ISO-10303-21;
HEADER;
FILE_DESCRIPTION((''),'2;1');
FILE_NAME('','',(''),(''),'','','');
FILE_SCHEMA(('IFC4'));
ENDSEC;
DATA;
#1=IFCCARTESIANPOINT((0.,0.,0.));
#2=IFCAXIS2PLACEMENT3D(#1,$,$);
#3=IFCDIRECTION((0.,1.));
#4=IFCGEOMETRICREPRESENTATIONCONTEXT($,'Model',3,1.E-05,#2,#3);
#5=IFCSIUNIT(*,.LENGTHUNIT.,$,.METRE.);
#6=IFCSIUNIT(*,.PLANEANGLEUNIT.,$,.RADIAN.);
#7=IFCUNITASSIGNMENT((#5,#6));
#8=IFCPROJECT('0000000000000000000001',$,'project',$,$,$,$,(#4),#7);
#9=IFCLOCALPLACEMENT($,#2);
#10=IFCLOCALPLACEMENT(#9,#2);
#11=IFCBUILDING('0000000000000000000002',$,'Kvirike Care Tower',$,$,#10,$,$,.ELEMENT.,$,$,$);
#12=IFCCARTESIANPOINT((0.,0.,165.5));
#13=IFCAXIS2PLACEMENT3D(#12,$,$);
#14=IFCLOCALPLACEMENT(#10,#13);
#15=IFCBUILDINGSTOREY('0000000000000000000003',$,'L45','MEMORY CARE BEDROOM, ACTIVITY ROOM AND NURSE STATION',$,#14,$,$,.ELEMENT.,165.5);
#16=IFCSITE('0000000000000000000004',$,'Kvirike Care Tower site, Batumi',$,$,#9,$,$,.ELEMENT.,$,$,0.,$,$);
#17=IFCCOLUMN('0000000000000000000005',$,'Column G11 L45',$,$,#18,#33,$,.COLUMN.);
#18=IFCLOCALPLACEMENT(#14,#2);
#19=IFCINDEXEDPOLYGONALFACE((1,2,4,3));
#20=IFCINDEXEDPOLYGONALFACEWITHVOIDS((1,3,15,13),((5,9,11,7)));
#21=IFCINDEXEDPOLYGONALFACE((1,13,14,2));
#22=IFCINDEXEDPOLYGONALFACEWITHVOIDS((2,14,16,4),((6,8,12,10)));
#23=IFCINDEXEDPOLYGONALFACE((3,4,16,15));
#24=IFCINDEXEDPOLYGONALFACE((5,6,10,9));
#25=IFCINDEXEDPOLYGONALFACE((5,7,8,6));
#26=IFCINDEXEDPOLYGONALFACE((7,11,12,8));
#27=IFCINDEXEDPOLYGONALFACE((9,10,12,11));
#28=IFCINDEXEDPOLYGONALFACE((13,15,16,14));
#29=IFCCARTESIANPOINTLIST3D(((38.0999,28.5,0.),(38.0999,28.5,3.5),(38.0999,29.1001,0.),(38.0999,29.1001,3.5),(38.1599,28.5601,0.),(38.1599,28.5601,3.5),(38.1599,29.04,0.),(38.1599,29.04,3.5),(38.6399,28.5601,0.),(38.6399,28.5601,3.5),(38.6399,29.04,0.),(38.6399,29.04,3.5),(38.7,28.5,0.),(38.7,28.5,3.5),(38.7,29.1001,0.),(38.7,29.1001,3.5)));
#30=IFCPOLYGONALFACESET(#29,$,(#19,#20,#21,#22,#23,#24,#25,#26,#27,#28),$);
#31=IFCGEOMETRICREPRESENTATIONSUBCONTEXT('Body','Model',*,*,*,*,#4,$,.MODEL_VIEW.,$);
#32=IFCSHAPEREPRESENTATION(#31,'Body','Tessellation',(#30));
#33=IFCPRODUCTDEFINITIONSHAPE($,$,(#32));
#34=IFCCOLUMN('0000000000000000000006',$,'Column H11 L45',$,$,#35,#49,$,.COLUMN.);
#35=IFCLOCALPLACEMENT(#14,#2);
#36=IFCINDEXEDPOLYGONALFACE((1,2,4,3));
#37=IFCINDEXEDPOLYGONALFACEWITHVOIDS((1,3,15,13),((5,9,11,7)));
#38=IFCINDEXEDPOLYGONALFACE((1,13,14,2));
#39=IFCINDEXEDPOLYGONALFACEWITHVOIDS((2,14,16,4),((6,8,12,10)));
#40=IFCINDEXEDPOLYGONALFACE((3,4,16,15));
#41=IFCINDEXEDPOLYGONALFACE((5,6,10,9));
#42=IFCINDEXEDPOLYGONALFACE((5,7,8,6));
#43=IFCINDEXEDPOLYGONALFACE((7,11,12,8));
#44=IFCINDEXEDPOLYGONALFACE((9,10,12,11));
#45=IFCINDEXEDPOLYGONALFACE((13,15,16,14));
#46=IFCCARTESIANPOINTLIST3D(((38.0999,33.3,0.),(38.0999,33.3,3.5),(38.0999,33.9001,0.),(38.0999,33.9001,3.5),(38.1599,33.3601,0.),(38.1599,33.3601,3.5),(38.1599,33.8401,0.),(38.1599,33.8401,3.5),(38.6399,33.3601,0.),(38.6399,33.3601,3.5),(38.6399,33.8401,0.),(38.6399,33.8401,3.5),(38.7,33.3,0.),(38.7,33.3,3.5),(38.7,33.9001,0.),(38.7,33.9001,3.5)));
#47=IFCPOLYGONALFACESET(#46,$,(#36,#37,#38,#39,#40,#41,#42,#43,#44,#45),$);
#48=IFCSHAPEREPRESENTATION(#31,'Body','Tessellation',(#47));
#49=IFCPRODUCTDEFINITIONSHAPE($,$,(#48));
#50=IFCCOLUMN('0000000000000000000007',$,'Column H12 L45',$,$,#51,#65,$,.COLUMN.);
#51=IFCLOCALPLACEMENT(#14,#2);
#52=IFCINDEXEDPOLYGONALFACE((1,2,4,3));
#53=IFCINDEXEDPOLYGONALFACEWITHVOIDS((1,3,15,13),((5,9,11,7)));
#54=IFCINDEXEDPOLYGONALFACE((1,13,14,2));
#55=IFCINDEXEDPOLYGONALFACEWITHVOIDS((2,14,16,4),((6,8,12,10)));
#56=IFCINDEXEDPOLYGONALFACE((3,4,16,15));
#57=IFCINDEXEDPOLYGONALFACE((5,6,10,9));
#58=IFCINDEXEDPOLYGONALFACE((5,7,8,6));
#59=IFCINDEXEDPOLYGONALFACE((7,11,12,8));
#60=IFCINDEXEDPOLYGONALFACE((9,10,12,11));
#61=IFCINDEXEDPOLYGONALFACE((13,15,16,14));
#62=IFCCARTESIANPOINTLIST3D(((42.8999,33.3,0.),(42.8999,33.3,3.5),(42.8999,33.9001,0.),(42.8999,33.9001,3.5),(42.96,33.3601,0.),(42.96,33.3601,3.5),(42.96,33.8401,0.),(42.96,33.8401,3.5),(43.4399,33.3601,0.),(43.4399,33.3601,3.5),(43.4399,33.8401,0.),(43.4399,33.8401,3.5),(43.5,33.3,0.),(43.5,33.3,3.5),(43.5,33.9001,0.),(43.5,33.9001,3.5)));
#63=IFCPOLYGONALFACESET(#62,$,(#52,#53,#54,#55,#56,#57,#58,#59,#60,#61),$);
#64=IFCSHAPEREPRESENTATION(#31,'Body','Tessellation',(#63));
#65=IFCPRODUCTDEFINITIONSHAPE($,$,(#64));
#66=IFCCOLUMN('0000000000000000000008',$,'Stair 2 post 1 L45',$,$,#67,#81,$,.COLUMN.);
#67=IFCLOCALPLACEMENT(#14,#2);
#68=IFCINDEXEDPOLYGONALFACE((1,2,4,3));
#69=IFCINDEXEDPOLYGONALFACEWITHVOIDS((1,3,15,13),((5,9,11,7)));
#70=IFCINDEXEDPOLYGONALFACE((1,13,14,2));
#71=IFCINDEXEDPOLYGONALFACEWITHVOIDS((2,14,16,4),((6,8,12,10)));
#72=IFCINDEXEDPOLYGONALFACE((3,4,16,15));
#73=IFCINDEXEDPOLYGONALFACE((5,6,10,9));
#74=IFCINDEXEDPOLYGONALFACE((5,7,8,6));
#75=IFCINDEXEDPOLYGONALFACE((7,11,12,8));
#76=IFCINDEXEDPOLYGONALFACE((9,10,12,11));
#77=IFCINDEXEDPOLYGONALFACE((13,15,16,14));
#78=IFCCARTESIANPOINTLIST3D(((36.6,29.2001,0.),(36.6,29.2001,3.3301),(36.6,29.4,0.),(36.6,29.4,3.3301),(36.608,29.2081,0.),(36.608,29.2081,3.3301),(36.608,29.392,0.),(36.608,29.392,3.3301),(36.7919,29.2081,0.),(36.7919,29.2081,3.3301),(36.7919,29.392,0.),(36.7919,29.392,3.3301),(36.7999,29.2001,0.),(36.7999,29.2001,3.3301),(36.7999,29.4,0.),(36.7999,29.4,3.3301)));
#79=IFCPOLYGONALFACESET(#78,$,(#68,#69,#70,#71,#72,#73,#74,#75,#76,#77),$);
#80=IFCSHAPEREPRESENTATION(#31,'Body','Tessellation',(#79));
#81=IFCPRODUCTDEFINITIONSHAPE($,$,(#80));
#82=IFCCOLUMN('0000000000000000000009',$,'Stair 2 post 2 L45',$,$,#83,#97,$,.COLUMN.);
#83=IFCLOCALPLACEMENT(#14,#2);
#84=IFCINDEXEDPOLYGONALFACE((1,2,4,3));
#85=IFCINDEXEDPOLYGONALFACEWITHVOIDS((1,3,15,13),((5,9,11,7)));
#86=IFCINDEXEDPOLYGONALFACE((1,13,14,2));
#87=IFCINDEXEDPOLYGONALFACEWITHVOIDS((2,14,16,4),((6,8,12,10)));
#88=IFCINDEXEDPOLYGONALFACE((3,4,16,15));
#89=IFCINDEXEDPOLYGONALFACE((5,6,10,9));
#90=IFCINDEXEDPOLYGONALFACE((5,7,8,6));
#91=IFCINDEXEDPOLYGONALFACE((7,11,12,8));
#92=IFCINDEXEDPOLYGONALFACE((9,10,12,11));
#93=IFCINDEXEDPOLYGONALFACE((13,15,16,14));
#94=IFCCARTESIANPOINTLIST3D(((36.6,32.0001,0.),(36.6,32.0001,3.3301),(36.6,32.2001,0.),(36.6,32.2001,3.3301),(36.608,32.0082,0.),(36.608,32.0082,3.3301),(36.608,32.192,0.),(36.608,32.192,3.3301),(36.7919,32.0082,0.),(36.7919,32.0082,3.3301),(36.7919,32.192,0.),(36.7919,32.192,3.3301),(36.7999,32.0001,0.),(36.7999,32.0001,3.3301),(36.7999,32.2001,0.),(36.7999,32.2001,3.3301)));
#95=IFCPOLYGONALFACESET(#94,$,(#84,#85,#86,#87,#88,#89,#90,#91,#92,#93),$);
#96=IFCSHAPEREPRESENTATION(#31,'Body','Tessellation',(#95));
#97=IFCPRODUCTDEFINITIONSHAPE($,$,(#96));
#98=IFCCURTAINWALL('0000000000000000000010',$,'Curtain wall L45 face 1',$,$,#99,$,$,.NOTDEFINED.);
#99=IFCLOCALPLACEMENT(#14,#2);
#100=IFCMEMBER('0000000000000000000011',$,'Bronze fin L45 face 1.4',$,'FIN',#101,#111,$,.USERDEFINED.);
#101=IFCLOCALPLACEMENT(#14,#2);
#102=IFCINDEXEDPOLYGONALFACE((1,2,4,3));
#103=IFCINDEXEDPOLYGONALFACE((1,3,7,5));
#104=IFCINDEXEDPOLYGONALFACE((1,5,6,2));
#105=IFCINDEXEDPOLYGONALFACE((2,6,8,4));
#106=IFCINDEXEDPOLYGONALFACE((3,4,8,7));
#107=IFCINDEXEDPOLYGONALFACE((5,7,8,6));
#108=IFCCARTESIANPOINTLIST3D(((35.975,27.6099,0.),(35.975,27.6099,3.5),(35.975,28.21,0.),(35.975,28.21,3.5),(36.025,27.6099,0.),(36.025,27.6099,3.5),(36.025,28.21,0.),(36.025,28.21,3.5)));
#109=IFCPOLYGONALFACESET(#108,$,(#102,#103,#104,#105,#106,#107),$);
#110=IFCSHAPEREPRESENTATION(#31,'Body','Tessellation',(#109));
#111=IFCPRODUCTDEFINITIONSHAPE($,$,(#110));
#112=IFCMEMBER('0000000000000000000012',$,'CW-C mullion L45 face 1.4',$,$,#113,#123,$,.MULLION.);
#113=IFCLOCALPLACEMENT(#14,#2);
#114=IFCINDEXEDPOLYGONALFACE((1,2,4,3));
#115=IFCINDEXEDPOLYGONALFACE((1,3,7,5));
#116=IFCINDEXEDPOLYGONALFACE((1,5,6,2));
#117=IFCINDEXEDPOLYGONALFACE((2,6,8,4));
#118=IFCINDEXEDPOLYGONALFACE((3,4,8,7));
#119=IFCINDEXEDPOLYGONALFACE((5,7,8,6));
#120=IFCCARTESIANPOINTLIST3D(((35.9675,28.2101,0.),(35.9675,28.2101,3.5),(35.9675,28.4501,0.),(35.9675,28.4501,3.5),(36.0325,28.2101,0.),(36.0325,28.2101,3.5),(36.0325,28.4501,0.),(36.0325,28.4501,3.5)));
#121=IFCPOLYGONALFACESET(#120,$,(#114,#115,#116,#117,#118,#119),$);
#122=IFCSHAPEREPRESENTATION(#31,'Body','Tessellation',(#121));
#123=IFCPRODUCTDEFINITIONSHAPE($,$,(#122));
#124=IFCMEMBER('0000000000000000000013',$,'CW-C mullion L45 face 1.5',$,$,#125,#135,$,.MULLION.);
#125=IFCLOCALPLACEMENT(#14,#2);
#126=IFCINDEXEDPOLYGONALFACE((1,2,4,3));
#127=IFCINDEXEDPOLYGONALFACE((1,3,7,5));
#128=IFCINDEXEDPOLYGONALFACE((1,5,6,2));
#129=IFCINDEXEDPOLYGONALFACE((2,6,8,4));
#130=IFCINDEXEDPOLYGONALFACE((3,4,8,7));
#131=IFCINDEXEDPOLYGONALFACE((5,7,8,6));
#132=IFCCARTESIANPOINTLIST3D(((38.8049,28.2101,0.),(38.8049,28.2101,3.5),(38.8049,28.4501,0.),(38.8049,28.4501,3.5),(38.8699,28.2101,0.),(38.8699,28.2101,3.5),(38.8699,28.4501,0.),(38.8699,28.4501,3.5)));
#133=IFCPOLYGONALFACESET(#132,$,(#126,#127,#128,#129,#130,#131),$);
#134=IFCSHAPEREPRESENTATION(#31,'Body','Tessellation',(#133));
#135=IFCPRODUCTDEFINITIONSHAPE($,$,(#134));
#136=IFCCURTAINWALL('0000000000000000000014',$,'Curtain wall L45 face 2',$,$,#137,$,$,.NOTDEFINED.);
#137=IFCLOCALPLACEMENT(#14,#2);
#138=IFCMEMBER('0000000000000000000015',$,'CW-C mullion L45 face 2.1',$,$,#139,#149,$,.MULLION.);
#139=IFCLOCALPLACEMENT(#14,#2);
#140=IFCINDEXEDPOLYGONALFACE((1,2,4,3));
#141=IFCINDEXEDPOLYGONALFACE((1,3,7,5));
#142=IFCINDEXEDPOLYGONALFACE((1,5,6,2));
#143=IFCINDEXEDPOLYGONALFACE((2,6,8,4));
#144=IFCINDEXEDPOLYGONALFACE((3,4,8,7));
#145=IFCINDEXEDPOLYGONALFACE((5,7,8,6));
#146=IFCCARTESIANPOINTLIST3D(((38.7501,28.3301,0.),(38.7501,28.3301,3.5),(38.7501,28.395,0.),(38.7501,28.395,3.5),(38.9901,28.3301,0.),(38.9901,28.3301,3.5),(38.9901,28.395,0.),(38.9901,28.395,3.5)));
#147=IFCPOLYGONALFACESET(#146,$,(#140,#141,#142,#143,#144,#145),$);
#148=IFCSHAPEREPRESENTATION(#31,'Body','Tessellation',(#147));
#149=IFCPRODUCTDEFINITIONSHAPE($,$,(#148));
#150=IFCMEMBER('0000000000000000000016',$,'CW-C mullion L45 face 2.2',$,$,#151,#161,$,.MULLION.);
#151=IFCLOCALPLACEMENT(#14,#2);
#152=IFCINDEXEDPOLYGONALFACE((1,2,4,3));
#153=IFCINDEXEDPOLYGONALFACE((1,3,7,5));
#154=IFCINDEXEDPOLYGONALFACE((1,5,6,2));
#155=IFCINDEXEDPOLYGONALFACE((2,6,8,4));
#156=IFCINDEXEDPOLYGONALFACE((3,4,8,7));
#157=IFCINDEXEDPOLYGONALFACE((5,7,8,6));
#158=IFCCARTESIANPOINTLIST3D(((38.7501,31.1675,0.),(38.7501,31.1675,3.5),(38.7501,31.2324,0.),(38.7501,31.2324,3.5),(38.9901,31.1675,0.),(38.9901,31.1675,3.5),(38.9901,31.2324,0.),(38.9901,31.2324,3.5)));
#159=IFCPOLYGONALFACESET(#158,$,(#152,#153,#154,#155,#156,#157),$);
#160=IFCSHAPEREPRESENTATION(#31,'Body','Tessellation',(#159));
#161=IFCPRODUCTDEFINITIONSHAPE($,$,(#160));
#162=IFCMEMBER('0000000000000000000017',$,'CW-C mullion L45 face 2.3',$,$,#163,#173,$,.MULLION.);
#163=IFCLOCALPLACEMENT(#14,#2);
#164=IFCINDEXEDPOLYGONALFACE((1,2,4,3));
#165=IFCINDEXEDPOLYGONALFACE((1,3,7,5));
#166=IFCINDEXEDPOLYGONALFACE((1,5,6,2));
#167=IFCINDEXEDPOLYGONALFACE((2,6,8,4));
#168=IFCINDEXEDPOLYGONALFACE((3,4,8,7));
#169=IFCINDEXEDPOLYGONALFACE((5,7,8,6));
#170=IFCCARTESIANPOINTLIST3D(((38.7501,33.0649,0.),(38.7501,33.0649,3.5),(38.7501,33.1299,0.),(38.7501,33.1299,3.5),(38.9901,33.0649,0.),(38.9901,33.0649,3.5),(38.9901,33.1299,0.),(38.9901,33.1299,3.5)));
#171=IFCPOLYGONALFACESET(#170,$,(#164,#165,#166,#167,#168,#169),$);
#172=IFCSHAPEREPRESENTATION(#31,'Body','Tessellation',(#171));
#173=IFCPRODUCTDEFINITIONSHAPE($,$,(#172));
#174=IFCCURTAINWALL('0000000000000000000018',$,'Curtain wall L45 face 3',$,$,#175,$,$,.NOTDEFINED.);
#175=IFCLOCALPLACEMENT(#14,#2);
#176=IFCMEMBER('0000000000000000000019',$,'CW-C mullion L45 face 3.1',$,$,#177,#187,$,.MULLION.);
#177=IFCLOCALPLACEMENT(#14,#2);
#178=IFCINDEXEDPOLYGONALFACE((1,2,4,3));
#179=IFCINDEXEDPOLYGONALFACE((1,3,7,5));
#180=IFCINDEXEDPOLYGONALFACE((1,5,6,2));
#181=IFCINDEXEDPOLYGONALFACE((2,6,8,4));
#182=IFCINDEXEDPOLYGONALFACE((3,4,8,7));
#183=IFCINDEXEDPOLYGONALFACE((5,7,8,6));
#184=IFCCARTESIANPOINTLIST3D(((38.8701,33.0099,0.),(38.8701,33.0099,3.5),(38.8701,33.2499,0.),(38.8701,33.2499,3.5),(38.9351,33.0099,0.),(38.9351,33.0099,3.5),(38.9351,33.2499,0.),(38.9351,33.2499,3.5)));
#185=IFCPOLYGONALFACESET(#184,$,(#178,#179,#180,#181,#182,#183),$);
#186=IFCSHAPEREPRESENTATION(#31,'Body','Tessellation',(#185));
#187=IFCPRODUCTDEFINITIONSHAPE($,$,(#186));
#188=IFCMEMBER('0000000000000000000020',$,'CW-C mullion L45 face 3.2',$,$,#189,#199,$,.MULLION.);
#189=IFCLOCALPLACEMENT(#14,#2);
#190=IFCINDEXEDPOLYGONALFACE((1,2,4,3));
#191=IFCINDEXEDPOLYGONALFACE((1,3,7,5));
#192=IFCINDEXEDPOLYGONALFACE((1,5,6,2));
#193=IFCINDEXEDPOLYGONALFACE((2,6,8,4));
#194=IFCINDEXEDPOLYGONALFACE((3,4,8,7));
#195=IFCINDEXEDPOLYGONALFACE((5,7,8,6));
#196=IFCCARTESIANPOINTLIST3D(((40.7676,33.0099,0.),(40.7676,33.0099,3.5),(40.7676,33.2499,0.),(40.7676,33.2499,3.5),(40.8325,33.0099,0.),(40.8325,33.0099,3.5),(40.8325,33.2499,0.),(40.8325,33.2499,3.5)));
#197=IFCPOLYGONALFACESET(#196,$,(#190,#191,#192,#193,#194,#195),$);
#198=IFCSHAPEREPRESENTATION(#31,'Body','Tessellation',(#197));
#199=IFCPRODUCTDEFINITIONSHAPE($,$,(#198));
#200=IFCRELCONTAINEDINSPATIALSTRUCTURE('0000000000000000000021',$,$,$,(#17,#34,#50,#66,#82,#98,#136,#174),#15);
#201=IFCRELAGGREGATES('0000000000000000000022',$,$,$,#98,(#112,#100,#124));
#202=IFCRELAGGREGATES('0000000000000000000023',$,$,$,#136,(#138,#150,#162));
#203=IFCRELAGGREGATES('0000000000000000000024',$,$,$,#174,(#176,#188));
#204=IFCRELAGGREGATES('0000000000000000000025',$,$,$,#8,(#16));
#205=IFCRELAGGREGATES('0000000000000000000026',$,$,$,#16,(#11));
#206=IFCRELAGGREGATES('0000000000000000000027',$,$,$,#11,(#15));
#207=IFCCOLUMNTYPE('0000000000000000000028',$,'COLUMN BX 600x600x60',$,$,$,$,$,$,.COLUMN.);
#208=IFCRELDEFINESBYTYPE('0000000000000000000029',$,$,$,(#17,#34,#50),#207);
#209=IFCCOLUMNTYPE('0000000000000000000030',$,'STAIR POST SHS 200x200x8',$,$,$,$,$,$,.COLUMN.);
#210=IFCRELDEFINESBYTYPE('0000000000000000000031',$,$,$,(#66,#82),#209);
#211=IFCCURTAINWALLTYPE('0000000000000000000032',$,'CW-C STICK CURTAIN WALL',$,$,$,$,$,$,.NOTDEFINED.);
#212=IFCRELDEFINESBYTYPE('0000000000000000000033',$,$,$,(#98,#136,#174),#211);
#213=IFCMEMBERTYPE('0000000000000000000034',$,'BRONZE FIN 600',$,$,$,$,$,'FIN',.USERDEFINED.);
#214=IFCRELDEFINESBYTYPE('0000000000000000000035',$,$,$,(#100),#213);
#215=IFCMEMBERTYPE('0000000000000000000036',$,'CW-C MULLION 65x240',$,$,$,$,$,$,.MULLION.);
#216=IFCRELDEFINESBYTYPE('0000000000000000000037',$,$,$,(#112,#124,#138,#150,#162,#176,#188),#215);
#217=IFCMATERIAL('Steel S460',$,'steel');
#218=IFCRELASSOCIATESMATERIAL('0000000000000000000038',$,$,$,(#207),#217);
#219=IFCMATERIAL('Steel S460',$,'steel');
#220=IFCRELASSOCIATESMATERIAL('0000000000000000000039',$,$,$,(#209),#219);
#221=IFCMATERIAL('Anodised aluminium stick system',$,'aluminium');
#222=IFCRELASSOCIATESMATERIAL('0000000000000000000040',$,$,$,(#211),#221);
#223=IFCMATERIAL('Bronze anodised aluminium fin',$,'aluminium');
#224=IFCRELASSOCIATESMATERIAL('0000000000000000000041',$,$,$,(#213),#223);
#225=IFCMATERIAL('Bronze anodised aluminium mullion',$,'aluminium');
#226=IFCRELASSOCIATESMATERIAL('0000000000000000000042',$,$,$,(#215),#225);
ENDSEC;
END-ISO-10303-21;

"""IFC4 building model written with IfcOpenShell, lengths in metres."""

from ifc_helpers import new_model, si_unit, direction, frame, origin, origin_2d, place, context, subcontext, project, spatial, rectangle, hollow_rectangle, extrude, material, material_profile, profile_set, type_object, element, aggregate, save


model = new_model("IFC4")

# Units and contexts
model_context = context("Model", 3, precision=1e-05, world=origin(), true_north=direction((0.0, 1.0)))
body_context = subcontext(model_context, "Body", "Model", "MODEL_VIEW")
ifc_project = project(units=[si_unit("LENGTHUNIT", "METRE"), si_unit("PLANEANGLEUNIT", "RADIAN")], contexts=[model_context])

# Site, building, storey
site_placement = place(None, origin())
site = spatial("IfcSite", under=ifc_project, at=site_placement, Name="Kvirike Care Tower site, Batumi", CompositionType="ELEMENT", RefElevation=0.0)
building_placement = place(site_placement, origin())
building = spatial("IfcBuilding", under=site, at=building_placement, Name="Kvirike Care Tower", CompositionType="ELEMENT")
storey_placement = place(building_placement, frame((0.0, 0.0, 165.5)))
storey = spatial("IfcBuildingStorey", under=building, at=storey_placement, Name="L45", Description="MEMORY CARE BEDROOM, ACTIVITY ROOM AND NURSE STATION", CompositionType="ELEMENT", Elevation=165.5)

# Columns
ifc_material_1 = material(Name="Steel S460", Category="steel")
ifc_material_profile_1 = material_profile(ifc_material_1, hollow_rectangle(XDim=0.6001, YDim=0.6001, WallThickness=0.0601, at=origin_2d()), Name="BX 600x600x60")
ifc_profile_set_1 = profile_set([ifc_material_profile_1], Name="Steel S460")
column_type_1 = type_object("IfcColumnType", Name="COLUMN BX 600x600x60", PredefinedType="COLUMN", material=ifc_profile_set_1)
for number, where, z_axis, x_axis, name in (
    (1, (38.3999, 28.8, 0.0), (0.0, 0.0, 1.0), (0.0, 1.0, 0.0), "Column G11 L45"),
    (2, (38.3999, 33.6001, 0.0), (0.0, 0.0, 1.0), (0.0, 1.0, 0.0), "Column H11 L45"),
    (3, (43.2, 33.6001, 0.0), (0.0, 0.0, 1.0), (0.0, 1.0, 0.0), "Column H12 L45"),
):
    element("IfcColumn", number, at=place(storey_placement, frame(where, z_axis=z_axis, x_axis=x_axis)), inside=storey, type_object=column_type_1, Name=name, PredefinedType="COLUMN", context=body_context, shape_type="SweptSolid", body=[
        extrude(hollow_rectangle(XDim=0.6001, YDim=0.6001, WallThickness=0.0601, at=origin_2d()), origin(), (0.0, 0.0, 1.0), 3.5),
    ])
ifc_material_2 = material(Name="Steel S460", Category="steel")
ifc_material_profile_2 = material_profile(ifc_material_2, hollow_rectangle(XDim=0.2, YDim=0.2, WallThickness=0.0081, at=origin_2d()), Name="SHS 200x200x8")
ifc_profile_set_2 = profile_set([ifc_material_profile_2], Name="Steel S460")
column_type_2 = type_object("IfcColumnType", Name="STAIR POST SHS 200x200x8", PredefinedType="COLUMN", material=ifc_profile_set_2)
for number, where, z_axis, x_axis, name in (
    (4, (36.7, 29.3, 0.0), (0.0, 0.0, 1.0), (1.0, 0.0, 0.0), "Stair 2 post 1 L45"),
    (5, (36.7, 32.1001, 0.0), (0.0, 0.0, 1.0), (1.0, 0.0, 0.0), "Stair 2 post 2 L45"),
):
    element("IfcColumn", number, at=place(storey_placement, frame(where, z_axis=z_axis, x_axis=x_axis)), inside=storey, type_object=column_type_2, Name=name, PredefinedType="COLUMN", context=body_context, shape_type="SweptSolid", body=[
        extrude(hollow_rectangle(XDim=0.2, YDim=0.2, WallThickness=0.0081, at=origin_2d()), origin(), (0.0, 0.0, 1.0), 3.3301),
    ])

# Curtain walls, members
ifc_material_3 = material(Name="Anodised aluminium stick system", Category="aluminium")
curtain_wall_type = type_object("IfcCurtainWallType", Name="CW-C STICK CURTAIN WALL", PredefinedType="NOTDEFINED", material=ifc_material_3)
curtain_wall_1_placement = place(storey_placement, origin())
curtain_wall_1 = element("IfcCurtainWall", 6, at=curtain_wall_1_placement, inside=storey, type_object=curtain_wall_type, Name="Curtain wall L45 face 1", PredefinedType="NOTDEFINED")
ifc_material_4 = material(Name="Bronze anodised aluminium fin", Category="aluminium")
ifc_material_profile_3 = material_profile(ifc_material_4, rectangle(XDim=0.05, YDim=0.6001, at=origin_2d()), Name="BRONZE FIN 600")
ifc_profile_set_3 = profile_set([ifc_material_profile_3], Name="Bronze anodised aluminium fin")
member_type_1 = type_object("IfcMemberType", Name="BRONZE FIN 600", ElementType="FIN", PredefinedType="USERDEFINED", material=ifc_profile_set_3)
member_1_placement = place(storey_placement, frame((36.0, 27.9099, 0.0), z_axis=(0.0, 0.0, 1.0), x_axis=(1.0, 0.0, 0.0)))
member_1 = element("IfcMember", 7, at=member_1_placement, type_object=member_type_1, Name="Bronze fin L45 face 1.4", ObjectType="FIN", PredefinedType="USERDEFINED", context=body_context, shape_type="SweptSolid", body=[
    extrude(rectangle(XDim=0.05, YDim=0.6001, at=origin_2d()), origin(), (0.0, 0.0, 1.0), 3.5),
])
ifc_material_5 = material(Name="Bronze anodised aluminium mullion", Category="aluminium")
ifc_material_profile_4 = material_profile(ifc_material_5, rectangle(XDim=0.0649, YDim=0.24, at=origin_2d()), Name="CW-C MULLION 65x240")
ifc_profile_set_4 = profile_set([ifc_material_profile_4], Name="Bronze anodised aluminium mullion")
member_type_2 = type_object("IfcMemberType", Name="CW-C MULLION 65x240", PredefinedType="MULLION", material=ifc_profile_set_4)
member_2_placement = place(storey_placement, frame((36.0, 28.3301, 0.0), z_axis=(0.0, 0.0, 1.0), x_axis=(1.0, 0.0, 0.0)))
member_2 = element("IfcMember", 8, at=member_2_placement, type_object=member_type_2, Name="CW-C mullion L45 face 1.4", PredefinedType="MULLION", context=body_context, shape_type="SweptSolid", body=[
    extrude(rectangle(XDim=0.0649, YDim=0.24, at=origin_2d()), origin(), (0.0, 0.0, 1.0), 3.5),
])
member_3_placement = place(storey_placement, frame((38.8374, 28.3301, 0.0), z_axis=(0.0, 0.0, 1.0), x_axis=(1.0, 0.0, 0.0)))
member_3 = element("IfcMember", 9, at=member_3_placement, type_object=member_type_2, Name="CW-C mullion L45 face 1.5", PredefinedType="MULLION", context=body_context, shape_type="SweptSolid", body=[
    extrude(rectangle(XDim=0.0649, YDim=0.24, at=origin_2d()), origin(), (0.0, 0.0, 1.0), 3.5),
])
curtain_wall_2_placement = place(storey_placement, origin())
curtain_wall_2 = element("IfcCurtainWall", 10, at=curtain_wall_2_placement, inside=storey, type_object=curtain_wall_type, Name="Curtain wall L45 face 2", PredefinedType="NOTDEFINED")
member_4_placement = place(storey_placement, frame((38.8701, 28.3625, 0.0), z_axis=(0.0, 0.0, 1.0), x_axis=(0.0, 1.0, 0.0)))
member_4 = element("IfcMember", 11, at=member_4_placement, type_object=member_type_2, Name="CW-C mullion L45 face 2.1", PredefinedType="MULLION", context=body_context, shape_type="SweptSolid", body=[
    extrude(rectangle(XDim=0.0649, YDim=0.24, at=origin_2d()), origin(), (0.0, 0.0, 1.0), 3.5),
])
member_5_placement = place(storey_placement, frame((38.8701, 31.2, 0.0), z_axis=(0.0, 0.0, 1.0), x_axis=(0.0, 1.0, 0.0)))
member_5 = element("IfcMember", 12, at=member_5_placement, type_object=member_type_2, Name="CW-C mullion L45 face 2.2", PredefinedType="MULLION", context=body_context, shape_type="SweptSolid", body=[
    extrude(rectangle(XDim=0.0649, YDim=0.24, at=origin_2d()), origin(), (0.0, 0.0, 1.0), 3.5),
])
member_6_placement = place(storey_placement, frame((38.8701, 33.0974, 0.0), z_axis=(0.0, 0.0, 1.0), x_axis=(0.0, 1.0, 0.0)))
member_6 = element("IfcMember", 13, at=member_6_placement, type_object=member_type_2, Name="CW-C mullion L45 face 2.3", PredefinedType="MULLION", context=body_context, shape_type="SweptSolid", body=[
    extrude(rectangle(XDim=0.0649, YDim=0.24, at=origin_2d()), origin(), (0.0, 0.0, 1.0), 3.5),
])
curtain_wall_3_placement = place(storey_placement, origin())
curtain_wall_3 = element("IfcCurtainWall", 14, at=curtain_wall_3_placement, inside=storey, type_object=curtain_wall_type, Name="Curtain wall L45 face 3", PredefinedType="NOTDEFINED")
member_7_placement = place(storey_placement, frame((38.9026, 33.1299, 0.0), z_axis=(0.0, 0.0, 1.0), x_axis=(1.0, 0.0, 0.0)))
member_7 = element("IfcMember", 15, at=member_7_placement, type_object=member_type_2, Name="CW-C mullion L45 face 3.1", PredefinedType="MULLION", context=body_context, shape_type="SweptSolid", body=[
    extrude(rectangle(XDim=0.0649, YDim=0.24, at=origin_2d()), origin(), (0.0, 0.0, 1.0), 3.5),
])
member_8_placement = place(storey_placement, frame((40.8, 33.1299, 0.0), z_axis=(0.0, 0.0, 1.0), x_axis=(1.0, 0.0, 0.0)))
member_8 = element("IfcMember", 16, at=member_8_placement, type_object=member_type_2, Name="CW-C mullion L45 face 3.2", PredefinedType="MULLION", context=body_context, shape_type="SweptSolid", body=[
    extrude(rectangle(XDim=0.0649, YDim=0.24, at=origin_2d()), origin(), (0.0, 0.0, 1.0), 3.5),
])

aggregate(curtain_wall_1, [member_2, member_1, member_3])
aggregate(curtain_wall_2, [member_4, member_5, member_6])
aggregate(curtain_wall_3, [member_7, member_8])

save(model, "model.ifc")
